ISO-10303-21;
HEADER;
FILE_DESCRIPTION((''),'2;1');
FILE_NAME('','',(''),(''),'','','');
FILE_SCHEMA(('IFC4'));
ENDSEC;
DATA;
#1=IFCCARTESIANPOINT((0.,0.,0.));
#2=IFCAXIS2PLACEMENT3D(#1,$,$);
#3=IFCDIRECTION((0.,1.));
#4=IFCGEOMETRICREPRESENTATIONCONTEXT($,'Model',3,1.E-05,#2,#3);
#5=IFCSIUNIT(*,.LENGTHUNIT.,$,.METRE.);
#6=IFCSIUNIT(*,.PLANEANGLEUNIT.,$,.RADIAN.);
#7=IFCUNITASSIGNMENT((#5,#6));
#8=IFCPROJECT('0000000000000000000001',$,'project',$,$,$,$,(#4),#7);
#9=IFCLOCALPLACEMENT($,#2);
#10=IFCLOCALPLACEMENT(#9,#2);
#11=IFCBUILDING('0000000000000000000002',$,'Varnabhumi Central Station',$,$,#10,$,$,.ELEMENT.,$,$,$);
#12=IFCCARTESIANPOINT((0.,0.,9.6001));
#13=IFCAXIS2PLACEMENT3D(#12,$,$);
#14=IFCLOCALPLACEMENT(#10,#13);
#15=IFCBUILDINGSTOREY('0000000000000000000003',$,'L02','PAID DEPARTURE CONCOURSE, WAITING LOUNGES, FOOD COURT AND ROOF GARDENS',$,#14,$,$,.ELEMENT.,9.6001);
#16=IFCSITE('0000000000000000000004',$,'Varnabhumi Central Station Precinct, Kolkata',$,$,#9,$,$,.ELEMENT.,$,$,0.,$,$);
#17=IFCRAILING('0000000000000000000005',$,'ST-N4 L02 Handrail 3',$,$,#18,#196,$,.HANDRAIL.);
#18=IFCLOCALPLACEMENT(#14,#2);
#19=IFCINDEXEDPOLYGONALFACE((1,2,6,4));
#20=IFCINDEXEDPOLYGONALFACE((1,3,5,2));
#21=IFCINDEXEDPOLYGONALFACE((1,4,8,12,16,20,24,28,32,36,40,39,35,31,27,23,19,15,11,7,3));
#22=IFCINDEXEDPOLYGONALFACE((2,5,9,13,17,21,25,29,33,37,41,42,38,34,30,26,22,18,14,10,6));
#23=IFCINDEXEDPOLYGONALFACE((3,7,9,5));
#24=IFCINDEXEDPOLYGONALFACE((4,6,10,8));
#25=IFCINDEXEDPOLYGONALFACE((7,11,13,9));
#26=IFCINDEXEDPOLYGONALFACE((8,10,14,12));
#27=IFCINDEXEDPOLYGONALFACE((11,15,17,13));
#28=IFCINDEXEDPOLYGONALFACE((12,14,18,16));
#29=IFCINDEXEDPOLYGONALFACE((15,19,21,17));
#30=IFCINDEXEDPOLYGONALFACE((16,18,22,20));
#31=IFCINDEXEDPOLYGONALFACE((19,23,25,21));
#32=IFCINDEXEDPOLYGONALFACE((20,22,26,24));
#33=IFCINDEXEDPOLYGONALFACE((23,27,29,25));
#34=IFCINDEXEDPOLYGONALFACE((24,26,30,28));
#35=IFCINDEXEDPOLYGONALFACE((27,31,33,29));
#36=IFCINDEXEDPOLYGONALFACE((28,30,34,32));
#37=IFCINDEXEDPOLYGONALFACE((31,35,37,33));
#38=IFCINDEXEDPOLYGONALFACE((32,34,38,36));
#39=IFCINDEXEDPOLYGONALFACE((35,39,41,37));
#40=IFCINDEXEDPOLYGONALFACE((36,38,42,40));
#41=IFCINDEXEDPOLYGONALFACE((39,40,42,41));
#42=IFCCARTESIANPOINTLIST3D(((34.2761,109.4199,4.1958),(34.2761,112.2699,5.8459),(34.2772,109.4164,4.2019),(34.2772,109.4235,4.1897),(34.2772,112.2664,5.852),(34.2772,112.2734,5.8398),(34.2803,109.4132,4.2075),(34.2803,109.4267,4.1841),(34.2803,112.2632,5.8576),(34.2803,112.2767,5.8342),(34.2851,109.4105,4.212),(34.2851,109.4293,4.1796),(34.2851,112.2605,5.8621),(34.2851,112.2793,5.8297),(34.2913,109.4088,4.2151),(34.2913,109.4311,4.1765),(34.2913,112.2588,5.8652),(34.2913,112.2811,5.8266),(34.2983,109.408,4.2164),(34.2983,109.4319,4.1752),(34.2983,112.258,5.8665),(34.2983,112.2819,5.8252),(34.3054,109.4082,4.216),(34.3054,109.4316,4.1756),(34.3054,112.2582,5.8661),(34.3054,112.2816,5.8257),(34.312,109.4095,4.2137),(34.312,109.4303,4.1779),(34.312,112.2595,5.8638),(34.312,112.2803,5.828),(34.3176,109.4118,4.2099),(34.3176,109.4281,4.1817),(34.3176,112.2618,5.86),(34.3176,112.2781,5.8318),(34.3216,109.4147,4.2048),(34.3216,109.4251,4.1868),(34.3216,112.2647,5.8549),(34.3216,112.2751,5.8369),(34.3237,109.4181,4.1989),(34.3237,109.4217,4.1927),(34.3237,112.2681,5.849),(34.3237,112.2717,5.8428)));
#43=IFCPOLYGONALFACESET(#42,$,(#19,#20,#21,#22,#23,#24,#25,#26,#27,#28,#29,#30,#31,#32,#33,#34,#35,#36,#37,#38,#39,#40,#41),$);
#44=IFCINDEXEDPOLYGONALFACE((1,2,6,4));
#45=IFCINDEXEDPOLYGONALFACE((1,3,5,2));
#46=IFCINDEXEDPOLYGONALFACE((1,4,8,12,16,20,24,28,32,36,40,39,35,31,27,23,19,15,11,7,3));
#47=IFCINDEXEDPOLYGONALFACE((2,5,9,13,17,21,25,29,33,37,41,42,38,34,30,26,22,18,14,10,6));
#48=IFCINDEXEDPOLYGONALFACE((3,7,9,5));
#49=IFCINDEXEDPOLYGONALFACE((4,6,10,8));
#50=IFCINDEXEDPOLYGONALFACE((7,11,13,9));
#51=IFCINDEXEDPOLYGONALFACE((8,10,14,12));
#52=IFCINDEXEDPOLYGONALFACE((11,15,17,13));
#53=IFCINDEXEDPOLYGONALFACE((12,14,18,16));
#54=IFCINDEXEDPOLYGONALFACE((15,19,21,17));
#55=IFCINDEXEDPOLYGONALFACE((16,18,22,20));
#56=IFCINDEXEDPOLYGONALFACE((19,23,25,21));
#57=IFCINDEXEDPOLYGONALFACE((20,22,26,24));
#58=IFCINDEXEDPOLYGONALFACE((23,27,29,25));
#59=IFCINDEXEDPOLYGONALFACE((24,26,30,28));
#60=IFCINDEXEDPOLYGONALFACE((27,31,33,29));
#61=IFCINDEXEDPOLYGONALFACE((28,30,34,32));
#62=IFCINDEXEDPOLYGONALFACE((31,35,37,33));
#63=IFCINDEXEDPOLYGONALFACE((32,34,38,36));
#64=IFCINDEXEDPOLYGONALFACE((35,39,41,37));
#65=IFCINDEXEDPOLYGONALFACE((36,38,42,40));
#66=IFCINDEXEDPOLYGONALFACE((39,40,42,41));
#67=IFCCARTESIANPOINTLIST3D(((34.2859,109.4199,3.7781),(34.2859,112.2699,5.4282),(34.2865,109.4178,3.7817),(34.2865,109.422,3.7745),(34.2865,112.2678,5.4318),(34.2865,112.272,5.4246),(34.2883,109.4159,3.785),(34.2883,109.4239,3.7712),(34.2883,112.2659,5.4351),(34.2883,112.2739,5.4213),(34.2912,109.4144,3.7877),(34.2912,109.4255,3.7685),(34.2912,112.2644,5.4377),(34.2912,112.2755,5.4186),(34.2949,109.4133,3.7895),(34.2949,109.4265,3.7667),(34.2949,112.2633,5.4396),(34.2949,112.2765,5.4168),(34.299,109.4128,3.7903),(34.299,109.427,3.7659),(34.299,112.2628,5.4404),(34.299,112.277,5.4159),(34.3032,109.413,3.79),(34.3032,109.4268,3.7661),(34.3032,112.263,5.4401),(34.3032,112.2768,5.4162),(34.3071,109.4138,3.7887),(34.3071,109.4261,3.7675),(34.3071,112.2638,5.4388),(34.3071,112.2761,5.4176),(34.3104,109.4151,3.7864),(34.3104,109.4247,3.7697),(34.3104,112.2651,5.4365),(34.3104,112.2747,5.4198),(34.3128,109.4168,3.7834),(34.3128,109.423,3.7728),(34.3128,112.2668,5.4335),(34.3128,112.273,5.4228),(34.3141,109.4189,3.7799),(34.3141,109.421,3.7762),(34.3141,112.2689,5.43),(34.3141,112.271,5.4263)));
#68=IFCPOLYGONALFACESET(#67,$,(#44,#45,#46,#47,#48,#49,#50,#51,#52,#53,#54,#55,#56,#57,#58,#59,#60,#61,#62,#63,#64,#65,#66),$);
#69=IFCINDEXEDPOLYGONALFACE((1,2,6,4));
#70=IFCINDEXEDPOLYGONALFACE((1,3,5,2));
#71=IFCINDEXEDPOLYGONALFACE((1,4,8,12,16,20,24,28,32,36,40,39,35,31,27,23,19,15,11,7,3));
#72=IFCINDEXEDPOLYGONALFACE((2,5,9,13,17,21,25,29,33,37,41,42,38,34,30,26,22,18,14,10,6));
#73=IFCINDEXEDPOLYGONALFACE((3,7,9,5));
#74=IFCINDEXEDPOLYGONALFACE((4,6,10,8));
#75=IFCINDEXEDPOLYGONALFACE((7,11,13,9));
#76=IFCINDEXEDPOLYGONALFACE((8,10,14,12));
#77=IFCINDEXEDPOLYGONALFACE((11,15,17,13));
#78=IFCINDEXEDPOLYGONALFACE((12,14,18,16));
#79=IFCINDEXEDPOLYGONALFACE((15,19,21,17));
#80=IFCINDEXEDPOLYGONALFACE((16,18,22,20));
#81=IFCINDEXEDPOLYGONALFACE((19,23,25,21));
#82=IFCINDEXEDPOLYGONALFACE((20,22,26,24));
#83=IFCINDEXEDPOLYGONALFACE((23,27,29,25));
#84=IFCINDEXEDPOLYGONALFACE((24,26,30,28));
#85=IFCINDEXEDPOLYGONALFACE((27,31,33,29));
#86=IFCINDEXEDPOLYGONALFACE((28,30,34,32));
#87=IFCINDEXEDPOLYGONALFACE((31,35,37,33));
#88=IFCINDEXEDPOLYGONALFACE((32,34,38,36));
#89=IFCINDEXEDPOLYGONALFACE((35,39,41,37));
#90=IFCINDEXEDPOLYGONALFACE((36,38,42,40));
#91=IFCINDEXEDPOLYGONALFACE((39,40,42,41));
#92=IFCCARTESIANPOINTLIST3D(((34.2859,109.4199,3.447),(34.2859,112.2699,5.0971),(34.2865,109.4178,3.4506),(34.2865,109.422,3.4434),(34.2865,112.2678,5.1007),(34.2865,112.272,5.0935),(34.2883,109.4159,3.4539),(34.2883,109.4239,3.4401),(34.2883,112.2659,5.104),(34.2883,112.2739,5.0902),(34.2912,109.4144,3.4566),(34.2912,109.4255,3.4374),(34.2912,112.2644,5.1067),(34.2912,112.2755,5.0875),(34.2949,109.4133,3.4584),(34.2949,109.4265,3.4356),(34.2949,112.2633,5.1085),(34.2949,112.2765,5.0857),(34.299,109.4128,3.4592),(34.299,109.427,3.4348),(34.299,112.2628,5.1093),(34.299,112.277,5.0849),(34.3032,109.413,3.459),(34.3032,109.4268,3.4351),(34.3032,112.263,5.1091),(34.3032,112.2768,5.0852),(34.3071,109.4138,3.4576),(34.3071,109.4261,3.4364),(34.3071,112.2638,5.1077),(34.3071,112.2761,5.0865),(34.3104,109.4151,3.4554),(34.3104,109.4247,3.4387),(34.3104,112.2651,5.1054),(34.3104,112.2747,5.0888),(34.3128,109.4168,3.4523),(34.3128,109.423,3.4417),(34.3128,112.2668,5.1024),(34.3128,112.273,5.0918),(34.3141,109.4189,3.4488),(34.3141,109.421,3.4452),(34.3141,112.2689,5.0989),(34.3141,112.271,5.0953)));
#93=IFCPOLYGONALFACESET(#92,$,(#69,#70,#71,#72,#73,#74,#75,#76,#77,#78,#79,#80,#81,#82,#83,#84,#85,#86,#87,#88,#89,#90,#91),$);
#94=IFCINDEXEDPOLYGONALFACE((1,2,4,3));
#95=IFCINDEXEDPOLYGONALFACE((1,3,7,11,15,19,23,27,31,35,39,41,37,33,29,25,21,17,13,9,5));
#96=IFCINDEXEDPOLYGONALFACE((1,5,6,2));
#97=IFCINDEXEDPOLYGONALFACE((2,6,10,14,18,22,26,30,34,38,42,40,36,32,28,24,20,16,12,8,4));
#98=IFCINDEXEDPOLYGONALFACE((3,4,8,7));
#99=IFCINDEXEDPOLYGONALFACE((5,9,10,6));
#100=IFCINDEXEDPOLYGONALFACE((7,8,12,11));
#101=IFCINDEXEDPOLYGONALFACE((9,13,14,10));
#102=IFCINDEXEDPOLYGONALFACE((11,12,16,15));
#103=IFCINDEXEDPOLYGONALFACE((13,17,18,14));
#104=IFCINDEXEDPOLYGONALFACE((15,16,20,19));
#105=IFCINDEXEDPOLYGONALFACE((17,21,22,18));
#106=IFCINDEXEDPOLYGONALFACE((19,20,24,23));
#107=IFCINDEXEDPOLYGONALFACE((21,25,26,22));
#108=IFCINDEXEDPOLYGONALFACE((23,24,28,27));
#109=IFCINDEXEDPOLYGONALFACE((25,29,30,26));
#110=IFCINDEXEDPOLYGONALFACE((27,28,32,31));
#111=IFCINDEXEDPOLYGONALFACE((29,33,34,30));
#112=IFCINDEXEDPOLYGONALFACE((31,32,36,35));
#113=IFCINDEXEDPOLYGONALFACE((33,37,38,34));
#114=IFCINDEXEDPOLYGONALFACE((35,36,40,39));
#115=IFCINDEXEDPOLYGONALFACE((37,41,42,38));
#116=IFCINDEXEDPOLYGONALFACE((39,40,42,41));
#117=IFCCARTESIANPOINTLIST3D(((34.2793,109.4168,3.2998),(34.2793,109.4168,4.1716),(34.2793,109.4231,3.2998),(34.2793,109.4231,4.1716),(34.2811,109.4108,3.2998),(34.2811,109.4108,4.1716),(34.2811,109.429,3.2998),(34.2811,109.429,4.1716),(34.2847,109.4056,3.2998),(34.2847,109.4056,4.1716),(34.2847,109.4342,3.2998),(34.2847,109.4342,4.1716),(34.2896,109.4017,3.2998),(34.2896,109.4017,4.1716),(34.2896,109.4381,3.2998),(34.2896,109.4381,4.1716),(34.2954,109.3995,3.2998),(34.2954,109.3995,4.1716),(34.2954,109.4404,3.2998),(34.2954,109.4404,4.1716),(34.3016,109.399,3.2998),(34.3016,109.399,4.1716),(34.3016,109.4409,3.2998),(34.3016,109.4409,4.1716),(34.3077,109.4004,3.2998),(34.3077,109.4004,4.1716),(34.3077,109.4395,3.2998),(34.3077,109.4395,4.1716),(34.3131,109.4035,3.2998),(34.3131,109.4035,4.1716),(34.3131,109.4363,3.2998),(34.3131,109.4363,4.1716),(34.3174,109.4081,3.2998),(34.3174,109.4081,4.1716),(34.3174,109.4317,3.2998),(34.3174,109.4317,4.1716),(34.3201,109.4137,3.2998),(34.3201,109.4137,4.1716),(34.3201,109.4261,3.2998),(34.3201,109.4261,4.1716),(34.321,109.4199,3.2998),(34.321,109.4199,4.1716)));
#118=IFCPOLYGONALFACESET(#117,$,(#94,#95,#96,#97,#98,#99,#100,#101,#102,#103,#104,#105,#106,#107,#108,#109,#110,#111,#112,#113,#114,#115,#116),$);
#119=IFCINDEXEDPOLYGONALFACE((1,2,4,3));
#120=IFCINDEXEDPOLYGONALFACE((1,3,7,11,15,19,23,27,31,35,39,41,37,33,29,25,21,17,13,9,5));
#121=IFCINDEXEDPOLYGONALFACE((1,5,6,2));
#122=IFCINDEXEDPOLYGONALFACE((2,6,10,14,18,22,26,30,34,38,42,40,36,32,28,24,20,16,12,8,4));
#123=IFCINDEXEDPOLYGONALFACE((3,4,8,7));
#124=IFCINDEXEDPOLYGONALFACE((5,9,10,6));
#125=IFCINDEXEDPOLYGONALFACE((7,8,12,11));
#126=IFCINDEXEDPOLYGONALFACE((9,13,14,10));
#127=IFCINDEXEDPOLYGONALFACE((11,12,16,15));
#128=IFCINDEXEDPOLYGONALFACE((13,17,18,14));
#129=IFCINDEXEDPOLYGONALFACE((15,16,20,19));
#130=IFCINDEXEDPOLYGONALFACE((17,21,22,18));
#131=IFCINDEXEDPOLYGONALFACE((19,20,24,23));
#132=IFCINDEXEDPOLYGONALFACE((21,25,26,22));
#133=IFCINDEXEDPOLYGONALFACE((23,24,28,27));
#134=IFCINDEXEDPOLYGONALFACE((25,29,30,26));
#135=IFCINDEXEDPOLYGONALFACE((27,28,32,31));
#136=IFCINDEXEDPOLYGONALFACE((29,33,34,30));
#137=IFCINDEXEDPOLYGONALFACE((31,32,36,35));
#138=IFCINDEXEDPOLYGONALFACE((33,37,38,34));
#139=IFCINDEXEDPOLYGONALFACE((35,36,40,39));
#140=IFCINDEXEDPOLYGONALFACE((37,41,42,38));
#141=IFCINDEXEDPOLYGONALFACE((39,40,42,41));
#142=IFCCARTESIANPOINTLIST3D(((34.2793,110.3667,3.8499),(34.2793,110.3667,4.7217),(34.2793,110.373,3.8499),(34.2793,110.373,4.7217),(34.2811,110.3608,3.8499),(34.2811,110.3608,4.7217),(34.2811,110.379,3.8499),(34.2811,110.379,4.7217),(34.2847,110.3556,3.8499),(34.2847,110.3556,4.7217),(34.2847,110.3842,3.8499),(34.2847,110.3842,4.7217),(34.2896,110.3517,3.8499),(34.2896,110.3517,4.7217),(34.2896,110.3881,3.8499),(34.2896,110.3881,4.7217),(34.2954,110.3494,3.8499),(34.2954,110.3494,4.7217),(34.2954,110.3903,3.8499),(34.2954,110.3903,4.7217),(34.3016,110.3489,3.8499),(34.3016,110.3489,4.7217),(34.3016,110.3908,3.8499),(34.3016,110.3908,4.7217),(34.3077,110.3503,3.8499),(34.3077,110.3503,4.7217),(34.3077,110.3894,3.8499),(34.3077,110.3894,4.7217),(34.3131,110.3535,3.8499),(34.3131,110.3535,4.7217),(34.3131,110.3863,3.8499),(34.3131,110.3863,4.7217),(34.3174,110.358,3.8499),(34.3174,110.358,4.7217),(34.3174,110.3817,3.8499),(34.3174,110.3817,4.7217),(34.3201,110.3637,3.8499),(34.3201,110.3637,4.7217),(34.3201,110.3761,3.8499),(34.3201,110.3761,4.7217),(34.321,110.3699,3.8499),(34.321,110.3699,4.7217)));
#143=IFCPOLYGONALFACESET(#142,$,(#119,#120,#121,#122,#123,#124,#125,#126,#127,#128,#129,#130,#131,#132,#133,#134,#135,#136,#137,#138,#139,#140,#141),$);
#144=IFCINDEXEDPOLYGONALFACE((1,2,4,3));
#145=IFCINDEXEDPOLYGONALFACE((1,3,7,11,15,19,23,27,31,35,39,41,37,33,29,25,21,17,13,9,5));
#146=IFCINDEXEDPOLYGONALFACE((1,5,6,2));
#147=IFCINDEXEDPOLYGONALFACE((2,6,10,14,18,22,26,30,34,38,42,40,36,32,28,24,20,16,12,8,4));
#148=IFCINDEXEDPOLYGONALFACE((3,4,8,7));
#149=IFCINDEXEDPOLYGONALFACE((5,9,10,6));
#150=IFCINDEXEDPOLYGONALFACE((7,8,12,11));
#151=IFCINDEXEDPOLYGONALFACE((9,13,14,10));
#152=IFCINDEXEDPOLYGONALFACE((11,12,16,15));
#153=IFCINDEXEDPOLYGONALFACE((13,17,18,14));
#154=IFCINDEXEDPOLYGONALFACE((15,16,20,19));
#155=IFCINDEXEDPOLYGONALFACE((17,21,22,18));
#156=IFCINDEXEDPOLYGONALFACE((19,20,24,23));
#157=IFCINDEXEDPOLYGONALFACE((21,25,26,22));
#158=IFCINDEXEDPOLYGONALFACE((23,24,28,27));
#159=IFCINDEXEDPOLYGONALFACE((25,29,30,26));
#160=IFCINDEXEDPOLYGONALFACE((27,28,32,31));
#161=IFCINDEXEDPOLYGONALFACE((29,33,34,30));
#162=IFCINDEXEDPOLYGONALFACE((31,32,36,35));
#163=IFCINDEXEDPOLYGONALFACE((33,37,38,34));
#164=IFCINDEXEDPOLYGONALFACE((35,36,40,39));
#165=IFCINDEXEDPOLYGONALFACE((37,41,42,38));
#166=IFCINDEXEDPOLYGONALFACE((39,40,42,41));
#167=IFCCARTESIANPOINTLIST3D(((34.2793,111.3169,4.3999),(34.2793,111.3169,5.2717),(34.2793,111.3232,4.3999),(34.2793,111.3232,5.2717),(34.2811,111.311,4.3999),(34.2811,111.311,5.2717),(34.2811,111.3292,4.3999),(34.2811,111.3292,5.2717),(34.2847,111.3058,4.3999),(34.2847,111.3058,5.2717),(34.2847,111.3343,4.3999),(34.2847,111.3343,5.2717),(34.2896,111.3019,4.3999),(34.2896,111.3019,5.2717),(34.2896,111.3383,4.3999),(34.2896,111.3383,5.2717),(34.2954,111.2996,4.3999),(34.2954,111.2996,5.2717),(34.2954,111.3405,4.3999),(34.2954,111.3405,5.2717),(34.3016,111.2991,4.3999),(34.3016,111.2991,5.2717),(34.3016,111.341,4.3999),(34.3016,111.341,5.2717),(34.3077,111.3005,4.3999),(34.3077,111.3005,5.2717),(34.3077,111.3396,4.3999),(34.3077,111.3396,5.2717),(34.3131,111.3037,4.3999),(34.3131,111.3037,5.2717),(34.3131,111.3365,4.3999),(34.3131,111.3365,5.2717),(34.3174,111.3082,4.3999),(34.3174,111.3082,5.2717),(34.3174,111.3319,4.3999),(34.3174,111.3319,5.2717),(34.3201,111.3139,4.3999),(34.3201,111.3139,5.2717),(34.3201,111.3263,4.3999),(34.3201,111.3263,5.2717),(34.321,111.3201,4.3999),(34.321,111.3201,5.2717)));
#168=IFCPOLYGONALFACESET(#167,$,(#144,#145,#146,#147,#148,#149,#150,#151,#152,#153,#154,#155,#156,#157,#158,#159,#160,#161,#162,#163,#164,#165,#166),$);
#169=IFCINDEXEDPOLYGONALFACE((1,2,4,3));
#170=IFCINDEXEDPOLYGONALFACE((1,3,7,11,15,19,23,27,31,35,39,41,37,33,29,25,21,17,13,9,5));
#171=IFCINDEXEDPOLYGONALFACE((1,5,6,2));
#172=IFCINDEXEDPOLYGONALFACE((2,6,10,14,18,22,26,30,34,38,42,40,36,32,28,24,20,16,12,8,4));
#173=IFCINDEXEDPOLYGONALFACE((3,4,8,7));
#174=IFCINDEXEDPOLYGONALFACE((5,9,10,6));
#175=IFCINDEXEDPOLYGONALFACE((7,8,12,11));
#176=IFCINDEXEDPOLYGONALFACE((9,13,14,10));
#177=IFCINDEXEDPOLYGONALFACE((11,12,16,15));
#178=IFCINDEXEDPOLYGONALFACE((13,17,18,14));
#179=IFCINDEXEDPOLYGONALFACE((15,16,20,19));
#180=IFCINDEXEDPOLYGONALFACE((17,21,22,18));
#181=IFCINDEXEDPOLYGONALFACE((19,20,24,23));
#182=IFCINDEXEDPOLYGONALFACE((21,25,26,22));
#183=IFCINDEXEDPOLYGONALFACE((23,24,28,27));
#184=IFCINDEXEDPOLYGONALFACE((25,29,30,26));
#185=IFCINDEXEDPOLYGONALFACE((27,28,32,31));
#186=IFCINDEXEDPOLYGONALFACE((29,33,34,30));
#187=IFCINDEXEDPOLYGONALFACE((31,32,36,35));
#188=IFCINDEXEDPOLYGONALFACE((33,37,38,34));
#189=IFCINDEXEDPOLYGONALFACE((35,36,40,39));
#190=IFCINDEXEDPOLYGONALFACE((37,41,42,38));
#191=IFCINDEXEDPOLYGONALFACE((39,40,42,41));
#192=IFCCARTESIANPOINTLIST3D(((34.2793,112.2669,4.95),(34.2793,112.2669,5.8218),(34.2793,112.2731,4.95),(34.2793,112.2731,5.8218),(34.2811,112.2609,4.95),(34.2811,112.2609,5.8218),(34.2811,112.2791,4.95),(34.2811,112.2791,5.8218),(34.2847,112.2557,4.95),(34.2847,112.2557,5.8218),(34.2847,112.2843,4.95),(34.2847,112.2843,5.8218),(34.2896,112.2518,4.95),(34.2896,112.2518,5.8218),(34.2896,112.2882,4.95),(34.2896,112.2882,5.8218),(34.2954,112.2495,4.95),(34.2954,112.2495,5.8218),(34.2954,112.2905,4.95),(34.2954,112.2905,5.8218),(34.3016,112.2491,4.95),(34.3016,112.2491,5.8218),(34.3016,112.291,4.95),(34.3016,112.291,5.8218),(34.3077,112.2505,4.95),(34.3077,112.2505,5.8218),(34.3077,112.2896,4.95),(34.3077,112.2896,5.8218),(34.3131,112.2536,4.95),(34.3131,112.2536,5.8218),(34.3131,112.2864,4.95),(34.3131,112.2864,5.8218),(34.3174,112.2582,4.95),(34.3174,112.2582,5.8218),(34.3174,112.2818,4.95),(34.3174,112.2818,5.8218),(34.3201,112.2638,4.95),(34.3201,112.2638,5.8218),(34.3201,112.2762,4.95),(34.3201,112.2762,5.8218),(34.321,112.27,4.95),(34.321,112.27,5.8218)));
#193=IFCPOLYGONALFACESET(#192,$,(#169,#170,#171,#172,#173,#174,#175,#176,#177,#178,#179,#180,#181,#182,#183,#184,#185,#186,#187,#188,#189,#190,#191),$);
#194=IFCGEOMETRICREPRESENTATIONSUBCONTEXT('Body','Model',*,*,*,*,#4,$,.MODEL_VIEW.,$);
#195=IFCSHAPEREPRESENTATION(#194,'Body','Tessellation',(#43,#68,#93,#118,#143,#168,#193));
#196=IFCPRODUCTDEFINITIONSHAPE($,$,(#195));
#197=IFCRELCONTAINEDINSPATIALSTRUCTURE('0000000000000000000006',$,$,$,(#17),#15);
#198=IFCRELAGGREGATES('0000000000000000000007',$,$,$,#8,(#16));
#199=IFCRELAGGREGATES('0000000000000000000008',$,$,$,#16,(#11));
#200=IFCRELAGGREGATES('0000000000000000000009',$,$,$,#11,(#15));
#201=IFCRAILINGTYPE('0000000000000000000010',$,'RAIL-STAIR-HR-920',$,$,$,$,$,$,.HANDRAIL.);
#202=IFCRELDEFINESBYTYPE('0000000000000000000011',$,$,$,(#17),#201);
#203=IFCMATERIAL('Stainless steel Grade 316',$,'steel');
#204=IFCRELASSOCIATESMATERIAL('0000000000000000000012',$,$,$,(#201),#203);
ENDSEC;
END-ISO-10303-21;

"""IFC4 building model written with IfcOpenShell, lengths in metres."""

from ifc_helpers import new_model, si_unit, direction, frame, origin, origin_2d, place, context, subcontext, project, spatial, circle, extrude, material, type_object, element, save


model = new_model("IFC4")

# Units and contexts
model_context = context("Model", 3, precision=1e-05, world=origin(), true_north=direction((0.0, 1.0)))
body_context = subcontext(model_context, "Body", "Model", "MODEL_VIEW")
ifc_project = project(units=[si_unit("LENGTHUNIT", "METRE"), si_unit("PLANEANGLEUNIT", "RADIAN")], contexts=[model_context])

# Site, building, storey
site_placement = place(None, origin())
site = spatial("IfcSite", under=ifc_project, at=site_placement, Name="Varnabhumi Central Station Precinct, Kolkata", CompositionType="ELEMENT", RefElevation=0.0)
building_placement = place(site_placement, origin())
building = spatial("IfcBuilding", under=site, at=building_placement, Name="Varnabhumi Central Station", CompositionType="ELEMENT")
storey_placement = place(building_placement, frame((0.0, 0.0, 9.6001)))
storey = spatial("IfcBuildingStorey", under=building, at=storey_placement, Name="L02", Description="PAID DEPARTURE CONCOURSE, WAITING LOUNGES, FOOD COURT AND ROOF GARDENS", CompositionType="ELEMENT", Elevation=9.6001)

# Shared definitions
ifc_material_1 = material(Name="Stainless steel Grade 316", Category="steel")

# Railing
railing_type_1 = type_object("IfcRailingType", Name="RAIL-STAIR-HR-920", PredefinedType="HANDRAIL", material=ifc_material_1)
railing_1_placement = place(storey_placement, frame((34.3, 109.4199, 3.2998)))
element("IfcRailing", 1, at=railing_1_placement, inside=storey, type_object=railing_type_1, Name="ST-N4 L02 Handrail 3", PredefinedType="HANDRAIL", context=body_context, shape_type="SweptSolid", body=[
    extrude(circle(Radius=0.0239, at=origin_2d()), frame((0.0, 0.0, 0.896), z_axis=(0.0, 0.865414, 0.501057), x_axis=(-1.0, 0.0, 0.0)), (0.0, 0.0, 1.0), 3.2932),
    extrude(circle(Radius=0.0142, at=origin_2d()), frame((0.0, 0.0, 0.4783), z_axis=(0.0, 0.865414, 0.501057), x_axis=(-1.0, 0.0, 0.0)), (0.0, 0.0, 1.0), 3.2932),
    extrude(circle(Radius=0.0142, at=origin_2d()), frame((0.0, 0.0, 0.1472), z_axis=(0.0, 0.865414, 0.501057), x_axis=(-1.0, 0.0, 0.0)), (0.0, 0.0, 1.0), 3.2932),
    extrude(circle(Radius=0.021, at=origin_2d()), origin(), (0.0, 0.0, 1.0), 0.8718),
    extrude(circle(Radius=0.021, at=origin_2d()), frame((0.0, 0.95, 0.55)), (0.0, 0.0, 1.0), 0.8718),
    extrude(circle(Radius=0.021, at=origin_2d()), frame((0.0, 1.9001, 1.1001)), (0.0, 0.0, 1.0), 0.8718),
    extrude(circle(Radius=0.021, at=origin_2d()), frame((0.0, 2.8501, 1.6501)), (0.0, 0.0, 1.0), 0.8718),
])

save(model, "model.ifc")
